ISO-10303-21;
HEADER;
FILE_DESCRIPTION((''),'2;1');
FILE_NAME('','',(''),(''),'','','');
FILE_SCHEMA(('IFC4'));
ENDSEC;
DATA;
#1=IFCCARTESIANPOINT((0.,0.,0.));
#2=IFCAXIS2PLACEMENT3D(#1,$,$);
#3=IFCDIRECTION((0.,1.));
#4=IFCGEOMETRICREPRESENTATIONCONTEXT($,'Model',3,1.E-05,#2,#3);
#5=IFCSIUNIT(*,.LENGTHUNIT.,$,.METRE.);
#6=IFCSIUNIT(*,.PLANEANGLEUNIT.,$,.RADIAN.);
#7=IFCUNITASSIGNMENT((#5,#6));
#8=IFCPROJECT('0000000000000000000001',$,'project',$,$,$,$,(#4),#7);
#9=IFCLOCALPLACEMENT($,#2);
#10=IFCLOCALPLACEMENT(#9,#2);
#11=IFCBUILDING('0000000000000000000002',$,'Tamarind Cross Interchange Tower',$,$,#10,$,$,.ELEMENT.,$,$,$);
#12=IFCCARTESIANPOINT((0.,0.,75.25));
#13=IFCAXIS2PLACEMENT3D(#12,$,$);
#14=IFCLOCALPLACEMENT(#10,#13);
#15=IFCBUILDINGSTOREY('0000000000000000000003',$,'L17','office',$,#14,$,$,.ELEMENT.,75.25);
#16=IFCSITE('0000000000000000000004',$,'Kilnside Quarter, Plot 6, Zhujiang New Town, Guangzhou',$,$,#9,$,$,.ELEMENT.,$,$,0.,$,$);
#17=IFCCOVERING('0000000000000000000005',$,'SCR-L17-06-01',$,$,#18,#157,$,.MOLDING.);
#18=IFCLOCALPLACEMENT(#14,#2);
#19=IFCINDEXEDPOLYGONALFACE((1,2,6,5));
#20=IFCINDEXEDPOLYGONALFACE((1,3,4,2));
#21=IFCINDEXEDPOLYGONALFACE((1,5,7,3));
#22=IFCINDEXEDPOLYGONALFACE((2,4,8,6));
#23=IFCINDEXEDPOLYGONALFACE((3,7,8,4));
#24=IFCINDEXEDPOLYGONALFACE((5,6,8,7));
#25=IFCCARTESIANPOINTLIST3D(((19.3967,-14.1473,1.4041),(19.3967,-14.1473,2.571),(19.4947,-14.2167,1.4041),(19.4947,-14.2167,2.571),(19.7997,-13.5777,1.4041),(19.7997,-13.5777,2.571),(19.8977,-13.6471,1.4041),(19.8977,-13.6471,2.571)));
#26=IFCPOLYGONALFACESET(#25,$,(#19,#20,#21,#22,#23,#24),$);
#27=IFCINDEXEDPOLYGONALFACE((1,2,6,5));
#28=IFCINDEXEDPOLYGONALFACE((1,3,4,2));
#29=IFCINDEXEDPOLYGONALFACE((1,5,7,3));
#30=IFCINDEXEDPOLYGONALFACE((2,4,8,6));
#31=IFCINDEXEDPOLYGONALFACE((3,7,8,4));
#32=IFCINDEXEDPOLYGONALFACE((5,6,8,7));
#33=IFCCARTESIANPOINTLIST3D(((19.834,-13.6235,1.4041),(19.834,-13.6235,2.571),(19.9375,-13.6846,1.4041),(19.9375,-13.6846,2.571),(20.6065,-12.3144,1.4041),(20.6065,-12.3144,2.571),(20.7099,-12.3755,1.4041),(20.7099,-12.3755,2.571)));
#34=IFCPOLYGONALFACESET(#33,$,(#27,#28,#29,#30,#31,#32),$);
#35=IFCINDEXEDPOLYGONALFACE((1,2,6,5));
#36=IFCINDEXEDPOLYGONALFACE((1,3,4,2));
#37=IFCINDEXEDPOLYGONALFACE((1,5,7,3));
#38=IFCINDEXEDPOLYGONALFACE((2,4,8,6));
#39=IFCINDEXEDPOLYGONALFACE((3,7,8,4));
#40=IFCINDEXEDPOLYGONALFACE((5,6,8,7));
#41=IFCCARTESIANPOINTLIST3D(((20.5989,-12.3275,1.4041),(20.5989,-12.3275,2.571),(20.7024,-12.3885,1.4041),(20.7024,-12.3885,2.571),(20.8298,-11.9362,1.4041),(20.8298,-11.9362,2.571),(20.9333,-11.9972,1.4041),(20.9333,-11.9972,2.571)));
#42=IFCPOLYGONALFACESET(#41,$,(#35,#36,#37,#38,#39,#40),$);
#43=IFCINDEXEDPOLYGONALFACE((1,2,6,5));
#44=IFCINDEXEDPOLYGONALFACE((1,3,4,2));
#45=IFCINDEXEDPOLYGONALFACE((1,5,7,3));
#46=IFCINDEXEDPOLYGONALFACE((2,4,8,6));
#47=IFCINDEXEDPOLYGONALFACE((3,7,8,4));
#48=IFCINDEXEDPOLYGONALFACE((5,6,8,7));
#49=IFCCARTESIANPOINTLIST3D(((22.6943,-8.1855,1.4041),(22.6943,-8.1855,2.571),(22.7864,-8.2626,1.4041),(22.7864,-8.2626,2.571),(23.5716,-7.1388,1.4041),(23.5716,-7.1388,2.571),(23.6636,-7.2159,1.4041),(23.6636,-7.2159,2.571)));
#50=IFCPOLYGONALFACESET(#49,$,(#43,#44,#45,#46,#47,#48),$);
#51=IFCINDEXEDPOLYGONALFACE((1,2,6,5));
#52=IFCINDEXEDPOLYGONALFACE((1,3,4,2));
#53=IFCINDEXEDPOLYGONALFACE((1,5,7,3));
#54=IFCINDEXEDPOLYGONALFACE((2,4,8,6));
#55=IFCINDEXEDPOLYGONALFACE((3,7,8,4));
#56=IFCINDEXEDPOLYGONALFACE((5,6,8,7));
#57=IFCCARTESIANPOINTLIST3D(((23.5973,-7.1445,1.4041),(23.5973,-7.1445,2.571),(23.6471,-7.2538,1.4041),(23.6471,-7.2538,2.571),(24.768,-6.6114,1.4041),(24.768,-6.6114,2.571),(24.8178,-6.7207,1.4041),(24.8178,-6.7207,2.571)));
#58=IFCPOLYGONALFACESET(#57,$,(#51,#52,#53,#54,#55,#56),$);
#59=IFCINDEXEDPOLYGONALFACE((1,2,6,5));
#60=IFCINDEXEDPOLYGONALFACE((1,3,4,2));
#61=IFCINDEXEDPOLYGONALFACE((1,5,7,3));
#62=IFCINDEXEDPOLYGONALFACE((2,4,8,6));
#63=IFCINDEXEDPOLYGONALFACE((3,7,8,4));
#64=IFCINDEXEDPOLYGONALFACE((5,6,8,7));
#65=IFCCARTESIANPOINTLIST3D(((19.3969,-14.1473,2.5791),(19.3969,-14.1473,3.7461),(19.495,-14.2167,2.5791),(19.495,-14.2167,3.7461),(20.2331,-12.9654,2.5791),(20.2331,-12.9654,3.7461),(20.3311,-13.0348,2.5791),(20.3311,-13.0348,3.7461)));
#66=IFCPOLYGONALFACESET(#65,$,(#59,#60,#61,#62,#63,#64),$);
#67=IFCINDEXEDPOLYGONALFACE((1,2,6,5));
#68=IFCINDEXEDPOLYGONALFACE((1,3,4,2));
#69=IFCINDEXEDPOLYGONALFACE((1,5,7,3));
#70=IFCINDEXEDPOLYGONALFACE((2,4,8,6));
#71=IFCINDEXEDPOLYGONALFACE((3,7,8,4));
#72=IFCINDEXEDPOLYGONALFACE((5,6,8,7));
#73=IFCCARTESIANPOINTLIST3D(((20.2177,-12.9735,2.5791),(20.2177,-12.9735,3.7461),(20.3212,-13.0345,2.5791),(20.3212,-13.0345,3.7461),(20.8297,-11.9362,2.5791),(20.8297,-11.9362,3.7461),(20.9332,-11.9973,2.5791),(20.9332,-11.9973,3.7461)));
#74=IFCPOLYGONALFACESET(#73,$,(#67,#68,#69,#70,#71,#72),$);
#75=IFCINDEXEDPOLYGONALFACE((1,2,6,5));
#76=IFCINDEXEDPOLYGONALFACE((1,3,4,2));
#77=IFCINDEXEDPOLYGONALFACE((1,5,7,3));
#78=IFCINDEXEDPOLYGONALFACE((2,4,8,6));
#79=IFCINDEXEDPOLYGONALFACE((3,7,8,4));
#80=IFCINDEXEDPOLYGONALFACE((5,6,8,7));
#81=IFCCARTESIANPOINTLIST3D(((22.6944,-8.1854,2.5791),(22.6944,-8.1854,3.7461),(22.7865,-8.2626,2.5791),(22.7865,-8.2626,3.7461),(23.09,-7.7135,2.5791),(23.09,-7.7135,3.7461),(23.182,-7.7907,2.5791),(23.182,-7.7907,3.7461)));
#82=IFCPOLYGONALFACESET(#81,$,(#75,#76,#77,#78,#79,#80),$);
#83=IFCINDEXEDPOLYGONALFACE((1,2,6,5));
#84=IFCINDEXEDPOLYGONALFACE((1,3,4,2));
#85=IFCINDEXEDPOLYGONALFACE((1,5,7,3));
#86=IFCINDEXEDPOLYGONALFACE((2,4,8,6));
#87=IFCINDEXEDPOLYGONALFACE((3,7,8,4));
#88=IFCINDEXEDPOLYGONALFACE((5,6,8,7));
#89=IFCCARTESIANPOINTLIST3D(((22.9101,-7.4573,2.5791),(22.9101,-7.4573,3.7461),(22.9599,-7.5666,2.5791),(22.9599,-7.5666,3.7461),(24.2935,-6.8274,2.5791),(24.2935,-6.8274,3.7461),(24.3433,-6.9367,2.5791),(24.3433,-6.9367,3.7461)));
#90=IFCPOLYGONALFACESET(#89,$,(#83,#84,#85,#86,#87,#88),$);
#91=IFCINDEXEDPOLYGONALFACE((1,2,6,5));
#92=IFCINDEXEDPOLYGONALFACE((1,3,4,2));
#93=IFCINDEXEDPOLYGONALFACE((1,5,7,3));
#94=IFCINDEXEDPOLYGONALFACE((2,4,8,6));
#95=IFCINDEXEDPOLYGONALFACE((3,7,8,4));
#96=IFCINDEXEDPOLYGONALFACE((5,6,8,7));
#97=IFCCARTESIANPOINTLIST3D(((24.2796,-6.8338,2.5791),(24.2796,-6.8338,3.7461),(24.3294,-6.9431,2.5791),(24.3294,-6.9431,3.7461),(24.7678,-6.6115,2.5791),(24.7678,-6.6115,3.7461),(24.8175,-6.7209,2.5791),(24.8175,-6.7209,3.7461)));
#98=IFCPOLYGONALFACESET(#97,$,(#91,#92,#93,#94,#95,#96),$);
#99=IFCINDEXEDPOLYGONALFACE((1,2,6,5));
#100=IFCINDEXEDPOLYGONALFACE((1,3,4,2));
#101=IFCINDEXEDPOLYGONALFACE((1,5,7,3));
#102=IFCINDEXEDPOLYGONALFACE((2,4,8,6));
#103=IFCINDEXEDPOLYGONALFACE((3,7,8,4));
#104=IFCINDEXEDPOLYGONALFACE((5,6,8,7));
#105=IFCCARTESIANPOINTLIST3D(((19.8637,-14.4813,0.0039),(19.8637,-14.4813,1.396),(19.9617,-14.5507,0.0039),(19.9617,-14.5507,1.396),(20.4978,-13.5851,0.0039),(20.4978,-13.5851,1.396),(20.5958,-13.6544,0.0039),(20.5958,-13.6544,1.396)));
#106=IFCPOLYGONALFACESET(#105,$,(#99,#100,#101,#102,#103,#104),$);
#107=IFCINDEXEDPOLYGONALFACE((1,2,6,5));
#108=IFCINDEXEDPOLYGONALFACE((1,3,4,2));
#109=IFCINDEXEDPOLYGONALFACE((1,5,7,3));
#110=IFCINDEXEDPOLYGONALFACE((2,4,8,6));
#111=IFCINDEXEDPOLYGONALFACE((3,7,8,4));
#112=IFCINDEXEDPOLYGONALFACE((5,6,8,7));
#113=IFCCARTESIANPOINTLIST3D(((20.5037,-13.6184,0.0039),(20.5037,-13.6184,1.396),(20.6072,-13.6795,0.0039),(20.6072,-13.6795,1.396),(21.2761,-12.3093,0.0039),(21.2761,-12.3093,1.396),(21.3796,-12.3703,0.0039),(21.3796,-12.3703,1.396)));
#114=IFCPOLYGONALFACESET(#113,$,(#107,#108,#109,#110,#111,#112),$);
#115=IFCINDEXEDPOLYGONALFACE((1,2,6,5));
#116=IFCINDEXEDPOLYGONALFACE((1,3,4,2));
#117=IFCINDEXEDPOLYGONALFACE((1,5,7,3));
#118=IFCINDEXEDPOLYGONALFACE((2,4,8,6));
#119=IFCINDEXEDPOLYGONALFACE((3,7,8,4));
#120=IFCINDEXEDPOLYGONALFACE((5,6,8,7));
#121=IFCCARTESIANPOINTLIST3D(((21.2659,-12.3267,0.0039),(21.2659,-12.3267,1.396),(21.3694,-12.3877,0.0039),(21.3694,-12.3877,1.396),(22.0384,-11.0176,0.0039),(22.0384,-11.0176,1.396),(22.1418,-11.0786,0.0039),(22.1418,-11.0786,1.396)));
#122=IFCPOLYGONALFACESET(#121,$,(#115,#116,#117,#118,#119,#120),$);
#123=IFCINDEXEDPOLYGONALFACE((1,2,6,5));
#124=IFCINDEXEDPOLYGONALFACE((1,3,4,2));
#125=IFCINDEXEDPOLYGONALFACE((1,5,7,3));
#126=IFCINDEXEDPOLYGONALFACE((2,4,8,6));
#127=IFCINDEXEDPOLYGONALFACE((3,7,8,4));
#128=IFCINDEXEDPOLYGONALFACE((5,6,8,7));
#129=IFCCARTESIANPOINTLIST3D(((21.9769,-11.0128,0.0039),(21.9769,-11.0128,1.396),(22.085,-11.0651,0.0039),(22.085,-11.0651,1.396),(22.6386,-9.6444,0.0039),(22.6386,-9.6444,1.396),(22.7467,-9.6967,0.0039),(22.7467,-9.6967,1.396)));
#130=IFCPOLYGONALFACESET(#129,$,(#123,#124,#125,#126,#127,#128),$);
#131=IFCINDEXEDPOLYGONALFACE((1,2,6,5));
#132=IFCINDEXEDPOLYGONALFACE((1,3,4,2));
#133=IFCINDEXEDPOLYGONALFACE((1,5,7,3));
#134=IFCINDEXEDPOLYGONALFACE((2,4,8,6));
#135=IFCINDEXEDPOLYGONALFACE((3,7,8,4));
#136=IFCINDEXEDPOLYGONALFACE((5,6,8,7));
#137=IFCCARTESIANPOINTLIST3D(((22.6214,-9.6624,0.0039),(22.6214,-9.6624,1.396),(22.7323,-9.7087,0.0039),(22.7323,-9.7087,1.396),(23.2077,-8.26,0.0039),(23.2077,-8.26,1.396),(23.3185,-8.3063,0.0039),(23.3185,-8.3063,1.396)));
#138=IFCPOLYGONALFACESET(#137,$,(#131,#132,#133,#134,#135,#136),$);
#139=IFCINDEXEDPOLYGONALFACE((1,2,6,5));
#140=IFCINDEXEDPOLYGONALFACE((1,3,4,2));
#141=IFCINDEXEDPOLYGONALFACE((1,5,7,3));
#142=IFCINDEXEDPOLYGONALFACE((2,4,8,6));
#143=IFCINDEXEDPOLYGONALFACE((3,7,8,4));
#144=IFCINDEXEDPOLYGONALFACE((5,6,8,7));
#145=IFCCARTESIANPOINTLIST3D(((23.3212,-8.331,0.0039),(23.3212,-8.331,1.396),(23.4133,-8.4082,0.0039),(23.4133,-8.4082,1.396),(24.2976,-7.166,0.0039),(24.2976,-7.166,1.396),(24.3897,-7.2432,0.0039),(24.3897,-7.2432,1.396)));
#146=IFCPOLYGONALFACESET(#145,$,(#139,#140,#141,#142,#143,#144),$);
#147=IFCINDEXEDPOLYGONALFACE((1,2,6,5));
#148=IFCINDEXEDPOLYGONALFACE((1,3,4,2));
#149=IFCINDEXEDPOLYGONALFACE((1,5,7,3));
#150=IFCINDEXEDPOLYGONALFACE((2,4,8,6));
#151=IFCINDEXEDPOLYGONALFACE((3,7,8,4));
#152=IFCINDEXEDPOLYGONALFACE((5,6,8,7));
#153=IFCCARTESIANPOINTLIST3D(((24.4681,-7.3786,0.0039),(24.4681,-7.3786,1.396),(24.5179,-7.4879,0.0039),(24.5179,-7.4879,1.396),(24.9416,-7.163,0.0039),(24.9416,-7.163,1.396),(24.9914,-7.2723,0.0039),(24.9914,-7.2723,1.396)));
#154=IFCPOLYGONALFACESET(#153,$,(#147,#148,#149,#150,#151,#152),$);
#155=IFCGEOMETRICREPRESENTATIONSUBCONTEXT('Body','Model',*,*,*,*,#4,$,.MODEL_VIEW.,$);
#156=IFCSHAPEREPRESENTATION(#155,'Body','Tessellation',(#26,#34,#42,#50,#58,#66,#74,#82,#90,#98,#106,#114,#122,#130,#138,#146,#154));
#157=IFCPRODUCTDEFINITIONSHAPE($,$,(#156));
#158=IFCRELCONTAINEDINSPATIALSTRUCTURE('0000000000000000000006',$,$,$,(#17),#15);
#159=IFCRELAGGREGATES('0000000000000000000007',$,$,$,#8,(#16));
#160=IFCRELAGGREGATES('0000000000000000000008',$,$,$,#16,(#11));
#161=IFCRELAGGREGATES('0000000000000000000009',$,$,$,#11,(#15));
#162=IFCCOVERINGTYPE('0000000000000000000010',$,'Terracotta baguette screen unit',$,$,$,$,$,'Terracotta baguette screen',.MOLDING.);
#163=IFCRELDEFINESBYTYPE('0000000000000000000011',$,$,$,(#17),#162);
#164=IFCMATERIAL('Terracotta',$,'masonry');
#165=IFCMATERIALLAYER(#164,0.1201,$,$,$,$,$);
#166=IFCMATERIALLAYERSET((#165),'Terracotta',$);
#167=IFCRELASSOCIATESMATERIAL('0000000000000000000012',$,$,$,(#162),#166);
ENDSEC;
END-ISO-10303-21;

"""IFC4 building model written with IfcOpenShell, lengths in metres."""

from ifc_helpers import new_model, si_unit, direction, frame, origin, origin_2d, place, context, subcontext, project, spatial, rectangle, extrude, material, layer, layer_set, type_object, element, save


model = new_model("IFC4")

# Units and contexts
model_context = context("Model", 3, precision=1e-05, world=origin(), true_north=direction((0.0, 1.0)))
body_context = subcontext(model_context, "Body", "Model", "MODEL_VIEW")
ifc_project = project(units=[si_unit("LENGTHUNIT", "METRE"), si_unit("PLANEANGLEUNIT", "RADIAN")], contexts=[model_context])

# Site, building, storey
site_placement = place(None, origin())
site = spatial("IfcSite", under=ifc_project, at=site_placement, Name="Kilnside Quarter, Plot 6, Zhujiang New Town, Guangzhou", CompositionType="ELEMENT", RefElevation=0.0)
building_placement = place(site_placement, origin())
building = spatial("IfcBuilding", under=site, at=building_placement, Name="Tamarind Cross Interchange Tower", CompositionType="ELEMENT")
storey_placement = place(building_placement, frame((0.0, 0.0, 75.25)))
storey = spatial("IfcBuildingStorey", under=building, at=storey_placement, Name="L17", Description="office", CompositionType="ELEMENT", Elevation=75.25)

# Covering
ifc_material_1 = material(Name="Terracotta", Category="masonry")
ifc_layer_1 = layer(ifc_material_1, 0.1201)
ifc_layer_set_1 = layer_set([ifc_layer_1], Name="Terracotta")
covering_type = type_object("IfcCoveringType", Name="Terracotta baguette screen unit", ElementType="Terracotta baguette screen", PredefinedType="MOLDING", material=ifc_layer_set_1)
covering_1_placement = place(storey_placement, origin())
element("IfcCovering", 1, at=covering_1_placement, inside=storey, type_object=covering_type, Name="SCR-L17-06-01", PredefinedType="MOLDING", context=body_context, shape_type="SweptSolid", body=[
    extrude(rectangle(XDim=0.6978, YDim=0.1201, at=origin_2d()), frame((19.6472, -13.8972, 1.4041), z_axis=(0.0, 0.0, 1.0), x_axis=(0.577569, 0.816342, 0.0)), (0.0, 0.0, 1.0), 1.167),
    extrude(rectangle(XDim=1.52, YDim=0.1201, at=origin_2d()), frame((20.272, -12.9995, 1.4041), z_axis=(0.0, 0.0, 1.0), x_axis=(0.508183, 0.861249, 0.0)), (0.0, 0.0, 1.0), 1.167),
    extrude(rectangle(XDim=0.4543, YDim=0.1201, at=origin_2d()), frame((20.7661, -12.1624, 1.4041), z_axis=(0.0, 0.0, 1.0), x_axis=(0.508183, 0.861249, 0.0)), (0.0, 0.0, 1.0), 1.167),
    extrude(rectangle(XDim=1.3657, YDim=0.1201, at=origin_2d()), frame((23.179, -7.7007, 1.4041), z_axis=(0.0, 0.0, 1.0), x_axis=(0.642348, 0.766413, 0.0)), (0.0, 0.0, 1.0), 1.167),
    extrude(rectangle(XDim=1.2864, YDim=0.1201, at=origin_2d()), frame((24.2075, -6.9326, 1.4041), z_axis=(0.0, 0.0, 1.0), x_axis=(0.910082, 0.414428, 0.0)), (0.0, 0.0, 1.0), 1.167),
    extrude(rectangle(XDim=1.4478, YDim=0.1201, at=origin_2d()), frame((19.864, -13.5911, 2.5791), z_axis=(0.0, 0.0, 1.0), x_axis=(0.577569, 0.816342, 0.0)), (0.0, 0.0, 1.0), 1.167),
    extrude(rectangle(XDim=1.2043, YDim=0.1201, at=origin_2d()), frame((20.5754, -12.4854, 2.5791), z_axis=(0.0, 0.0, 1.0), x_axis=(0.508183, 0.861249, 0.0)), (0.0, 0.0, 1.0), 1.167),
    extrude(rectangle(XDim=0.6157, YDim=0.1201, at=origin_2d()), frame((22.9382, -7.988, 2.5791), z_axis=(0.0, 0.0, 1.0), x_axis=(0.642348, 0.766413, 0.0)), (0.0, 0.0, 1.0), 1.167),
    extrude(rectangle(XDim=1.52, YDim=0.1201, at=origin_2d()), frame((23.6267, -7.197, 2.5791), z_axis=(0.0, 0.0, 1.0), x_axis=(0.910082, 0.414428, 0.0)), (0.0, 0.0, 1.0), 1.167),
    extrude(rectangle(XDim=0.5364, YDim=0.1201, at=origin_2d()), frame((24.5486, -6.7773, 2.5791), z_axis=(0.0, 0.0, 1.0), x_axis=(0.910082, 0.414428, 0.0)), (0.0, 0.0, 1.0), 1.167),
    extrude(rectangle(XDim=1.0979, YDim=0.1201, at=origin_2d()), frame((20.2297, -14.0679, 0.0039), z_axis=(0.0, 0.0, 1.0), x_axis=(0.577569, 0.816342, 0.0)), (0.0, 0.0, 1.0), 1.3921),
    extrude(rectangle(XDim=1.52, YDim=0.1201, at=origin_2d()), frame((20.9417, -12.9944, 0.0039), z_axis=(0.0, 0.0, 1.0), x_axis=(0.508183, 0.861249, 0.0)), (0.0, 0.0, 1.0), 1.3921),
    extrude(rectangle(XDim=1.52, YDim=0.1201, at=origin_2d()), frame((21.7039, -11.7026, 0.0039), z_axis=(0.0, 0.0, 1.0), x_axis=(0.508183, 0.861249, 0.0)), (0.0, 0.0, 1.0), 1.3921),
    extrude(rectangle(XDim=1.52, YDim=0.1201, at=origin_2d()), frame((22.3618, -10.3547, 0.0039), z_axis=(0.0, 0.0, 1.0), x_axis=(0.435326, 0.900273, 0.0)), (0.0, 0.0, 1.0), 1.3921),
    extrude(rectangle(XDim=1.52, YDim=0.1201, at=origin_2d()), frame((22.97, -8.9844, 0.0039), z_axis=(0.0, 0.0, 1.0), x_axis=(0.385694, 0.922627, 0.0)), (0.0, 0.0, 1.0), 1.3921),
    extrude(rectangle(XDim=1.52, YDim=0.1201, at=origin_2d()), frame((23.8555, -7.7871, 0.0039), z_axis=(0.0, 0.0, 1.0), x_axis=(0.642348, 0.766413, 0.0)), (0.0, 0.0, 1.0), 1.3921),
    extrude(rectangle(XDim=0.5203, YDim=0.1201, at=origin_2d()), frame((24.7297, -7.3254, 0.0039), z_axis=(0.0, 0.0, 1.0), x_axis=(0.910082, 0.414428, 0.0)), (0.0, 0.0, 1.0), 1.3921),
])

save(model, "model.ifc")
